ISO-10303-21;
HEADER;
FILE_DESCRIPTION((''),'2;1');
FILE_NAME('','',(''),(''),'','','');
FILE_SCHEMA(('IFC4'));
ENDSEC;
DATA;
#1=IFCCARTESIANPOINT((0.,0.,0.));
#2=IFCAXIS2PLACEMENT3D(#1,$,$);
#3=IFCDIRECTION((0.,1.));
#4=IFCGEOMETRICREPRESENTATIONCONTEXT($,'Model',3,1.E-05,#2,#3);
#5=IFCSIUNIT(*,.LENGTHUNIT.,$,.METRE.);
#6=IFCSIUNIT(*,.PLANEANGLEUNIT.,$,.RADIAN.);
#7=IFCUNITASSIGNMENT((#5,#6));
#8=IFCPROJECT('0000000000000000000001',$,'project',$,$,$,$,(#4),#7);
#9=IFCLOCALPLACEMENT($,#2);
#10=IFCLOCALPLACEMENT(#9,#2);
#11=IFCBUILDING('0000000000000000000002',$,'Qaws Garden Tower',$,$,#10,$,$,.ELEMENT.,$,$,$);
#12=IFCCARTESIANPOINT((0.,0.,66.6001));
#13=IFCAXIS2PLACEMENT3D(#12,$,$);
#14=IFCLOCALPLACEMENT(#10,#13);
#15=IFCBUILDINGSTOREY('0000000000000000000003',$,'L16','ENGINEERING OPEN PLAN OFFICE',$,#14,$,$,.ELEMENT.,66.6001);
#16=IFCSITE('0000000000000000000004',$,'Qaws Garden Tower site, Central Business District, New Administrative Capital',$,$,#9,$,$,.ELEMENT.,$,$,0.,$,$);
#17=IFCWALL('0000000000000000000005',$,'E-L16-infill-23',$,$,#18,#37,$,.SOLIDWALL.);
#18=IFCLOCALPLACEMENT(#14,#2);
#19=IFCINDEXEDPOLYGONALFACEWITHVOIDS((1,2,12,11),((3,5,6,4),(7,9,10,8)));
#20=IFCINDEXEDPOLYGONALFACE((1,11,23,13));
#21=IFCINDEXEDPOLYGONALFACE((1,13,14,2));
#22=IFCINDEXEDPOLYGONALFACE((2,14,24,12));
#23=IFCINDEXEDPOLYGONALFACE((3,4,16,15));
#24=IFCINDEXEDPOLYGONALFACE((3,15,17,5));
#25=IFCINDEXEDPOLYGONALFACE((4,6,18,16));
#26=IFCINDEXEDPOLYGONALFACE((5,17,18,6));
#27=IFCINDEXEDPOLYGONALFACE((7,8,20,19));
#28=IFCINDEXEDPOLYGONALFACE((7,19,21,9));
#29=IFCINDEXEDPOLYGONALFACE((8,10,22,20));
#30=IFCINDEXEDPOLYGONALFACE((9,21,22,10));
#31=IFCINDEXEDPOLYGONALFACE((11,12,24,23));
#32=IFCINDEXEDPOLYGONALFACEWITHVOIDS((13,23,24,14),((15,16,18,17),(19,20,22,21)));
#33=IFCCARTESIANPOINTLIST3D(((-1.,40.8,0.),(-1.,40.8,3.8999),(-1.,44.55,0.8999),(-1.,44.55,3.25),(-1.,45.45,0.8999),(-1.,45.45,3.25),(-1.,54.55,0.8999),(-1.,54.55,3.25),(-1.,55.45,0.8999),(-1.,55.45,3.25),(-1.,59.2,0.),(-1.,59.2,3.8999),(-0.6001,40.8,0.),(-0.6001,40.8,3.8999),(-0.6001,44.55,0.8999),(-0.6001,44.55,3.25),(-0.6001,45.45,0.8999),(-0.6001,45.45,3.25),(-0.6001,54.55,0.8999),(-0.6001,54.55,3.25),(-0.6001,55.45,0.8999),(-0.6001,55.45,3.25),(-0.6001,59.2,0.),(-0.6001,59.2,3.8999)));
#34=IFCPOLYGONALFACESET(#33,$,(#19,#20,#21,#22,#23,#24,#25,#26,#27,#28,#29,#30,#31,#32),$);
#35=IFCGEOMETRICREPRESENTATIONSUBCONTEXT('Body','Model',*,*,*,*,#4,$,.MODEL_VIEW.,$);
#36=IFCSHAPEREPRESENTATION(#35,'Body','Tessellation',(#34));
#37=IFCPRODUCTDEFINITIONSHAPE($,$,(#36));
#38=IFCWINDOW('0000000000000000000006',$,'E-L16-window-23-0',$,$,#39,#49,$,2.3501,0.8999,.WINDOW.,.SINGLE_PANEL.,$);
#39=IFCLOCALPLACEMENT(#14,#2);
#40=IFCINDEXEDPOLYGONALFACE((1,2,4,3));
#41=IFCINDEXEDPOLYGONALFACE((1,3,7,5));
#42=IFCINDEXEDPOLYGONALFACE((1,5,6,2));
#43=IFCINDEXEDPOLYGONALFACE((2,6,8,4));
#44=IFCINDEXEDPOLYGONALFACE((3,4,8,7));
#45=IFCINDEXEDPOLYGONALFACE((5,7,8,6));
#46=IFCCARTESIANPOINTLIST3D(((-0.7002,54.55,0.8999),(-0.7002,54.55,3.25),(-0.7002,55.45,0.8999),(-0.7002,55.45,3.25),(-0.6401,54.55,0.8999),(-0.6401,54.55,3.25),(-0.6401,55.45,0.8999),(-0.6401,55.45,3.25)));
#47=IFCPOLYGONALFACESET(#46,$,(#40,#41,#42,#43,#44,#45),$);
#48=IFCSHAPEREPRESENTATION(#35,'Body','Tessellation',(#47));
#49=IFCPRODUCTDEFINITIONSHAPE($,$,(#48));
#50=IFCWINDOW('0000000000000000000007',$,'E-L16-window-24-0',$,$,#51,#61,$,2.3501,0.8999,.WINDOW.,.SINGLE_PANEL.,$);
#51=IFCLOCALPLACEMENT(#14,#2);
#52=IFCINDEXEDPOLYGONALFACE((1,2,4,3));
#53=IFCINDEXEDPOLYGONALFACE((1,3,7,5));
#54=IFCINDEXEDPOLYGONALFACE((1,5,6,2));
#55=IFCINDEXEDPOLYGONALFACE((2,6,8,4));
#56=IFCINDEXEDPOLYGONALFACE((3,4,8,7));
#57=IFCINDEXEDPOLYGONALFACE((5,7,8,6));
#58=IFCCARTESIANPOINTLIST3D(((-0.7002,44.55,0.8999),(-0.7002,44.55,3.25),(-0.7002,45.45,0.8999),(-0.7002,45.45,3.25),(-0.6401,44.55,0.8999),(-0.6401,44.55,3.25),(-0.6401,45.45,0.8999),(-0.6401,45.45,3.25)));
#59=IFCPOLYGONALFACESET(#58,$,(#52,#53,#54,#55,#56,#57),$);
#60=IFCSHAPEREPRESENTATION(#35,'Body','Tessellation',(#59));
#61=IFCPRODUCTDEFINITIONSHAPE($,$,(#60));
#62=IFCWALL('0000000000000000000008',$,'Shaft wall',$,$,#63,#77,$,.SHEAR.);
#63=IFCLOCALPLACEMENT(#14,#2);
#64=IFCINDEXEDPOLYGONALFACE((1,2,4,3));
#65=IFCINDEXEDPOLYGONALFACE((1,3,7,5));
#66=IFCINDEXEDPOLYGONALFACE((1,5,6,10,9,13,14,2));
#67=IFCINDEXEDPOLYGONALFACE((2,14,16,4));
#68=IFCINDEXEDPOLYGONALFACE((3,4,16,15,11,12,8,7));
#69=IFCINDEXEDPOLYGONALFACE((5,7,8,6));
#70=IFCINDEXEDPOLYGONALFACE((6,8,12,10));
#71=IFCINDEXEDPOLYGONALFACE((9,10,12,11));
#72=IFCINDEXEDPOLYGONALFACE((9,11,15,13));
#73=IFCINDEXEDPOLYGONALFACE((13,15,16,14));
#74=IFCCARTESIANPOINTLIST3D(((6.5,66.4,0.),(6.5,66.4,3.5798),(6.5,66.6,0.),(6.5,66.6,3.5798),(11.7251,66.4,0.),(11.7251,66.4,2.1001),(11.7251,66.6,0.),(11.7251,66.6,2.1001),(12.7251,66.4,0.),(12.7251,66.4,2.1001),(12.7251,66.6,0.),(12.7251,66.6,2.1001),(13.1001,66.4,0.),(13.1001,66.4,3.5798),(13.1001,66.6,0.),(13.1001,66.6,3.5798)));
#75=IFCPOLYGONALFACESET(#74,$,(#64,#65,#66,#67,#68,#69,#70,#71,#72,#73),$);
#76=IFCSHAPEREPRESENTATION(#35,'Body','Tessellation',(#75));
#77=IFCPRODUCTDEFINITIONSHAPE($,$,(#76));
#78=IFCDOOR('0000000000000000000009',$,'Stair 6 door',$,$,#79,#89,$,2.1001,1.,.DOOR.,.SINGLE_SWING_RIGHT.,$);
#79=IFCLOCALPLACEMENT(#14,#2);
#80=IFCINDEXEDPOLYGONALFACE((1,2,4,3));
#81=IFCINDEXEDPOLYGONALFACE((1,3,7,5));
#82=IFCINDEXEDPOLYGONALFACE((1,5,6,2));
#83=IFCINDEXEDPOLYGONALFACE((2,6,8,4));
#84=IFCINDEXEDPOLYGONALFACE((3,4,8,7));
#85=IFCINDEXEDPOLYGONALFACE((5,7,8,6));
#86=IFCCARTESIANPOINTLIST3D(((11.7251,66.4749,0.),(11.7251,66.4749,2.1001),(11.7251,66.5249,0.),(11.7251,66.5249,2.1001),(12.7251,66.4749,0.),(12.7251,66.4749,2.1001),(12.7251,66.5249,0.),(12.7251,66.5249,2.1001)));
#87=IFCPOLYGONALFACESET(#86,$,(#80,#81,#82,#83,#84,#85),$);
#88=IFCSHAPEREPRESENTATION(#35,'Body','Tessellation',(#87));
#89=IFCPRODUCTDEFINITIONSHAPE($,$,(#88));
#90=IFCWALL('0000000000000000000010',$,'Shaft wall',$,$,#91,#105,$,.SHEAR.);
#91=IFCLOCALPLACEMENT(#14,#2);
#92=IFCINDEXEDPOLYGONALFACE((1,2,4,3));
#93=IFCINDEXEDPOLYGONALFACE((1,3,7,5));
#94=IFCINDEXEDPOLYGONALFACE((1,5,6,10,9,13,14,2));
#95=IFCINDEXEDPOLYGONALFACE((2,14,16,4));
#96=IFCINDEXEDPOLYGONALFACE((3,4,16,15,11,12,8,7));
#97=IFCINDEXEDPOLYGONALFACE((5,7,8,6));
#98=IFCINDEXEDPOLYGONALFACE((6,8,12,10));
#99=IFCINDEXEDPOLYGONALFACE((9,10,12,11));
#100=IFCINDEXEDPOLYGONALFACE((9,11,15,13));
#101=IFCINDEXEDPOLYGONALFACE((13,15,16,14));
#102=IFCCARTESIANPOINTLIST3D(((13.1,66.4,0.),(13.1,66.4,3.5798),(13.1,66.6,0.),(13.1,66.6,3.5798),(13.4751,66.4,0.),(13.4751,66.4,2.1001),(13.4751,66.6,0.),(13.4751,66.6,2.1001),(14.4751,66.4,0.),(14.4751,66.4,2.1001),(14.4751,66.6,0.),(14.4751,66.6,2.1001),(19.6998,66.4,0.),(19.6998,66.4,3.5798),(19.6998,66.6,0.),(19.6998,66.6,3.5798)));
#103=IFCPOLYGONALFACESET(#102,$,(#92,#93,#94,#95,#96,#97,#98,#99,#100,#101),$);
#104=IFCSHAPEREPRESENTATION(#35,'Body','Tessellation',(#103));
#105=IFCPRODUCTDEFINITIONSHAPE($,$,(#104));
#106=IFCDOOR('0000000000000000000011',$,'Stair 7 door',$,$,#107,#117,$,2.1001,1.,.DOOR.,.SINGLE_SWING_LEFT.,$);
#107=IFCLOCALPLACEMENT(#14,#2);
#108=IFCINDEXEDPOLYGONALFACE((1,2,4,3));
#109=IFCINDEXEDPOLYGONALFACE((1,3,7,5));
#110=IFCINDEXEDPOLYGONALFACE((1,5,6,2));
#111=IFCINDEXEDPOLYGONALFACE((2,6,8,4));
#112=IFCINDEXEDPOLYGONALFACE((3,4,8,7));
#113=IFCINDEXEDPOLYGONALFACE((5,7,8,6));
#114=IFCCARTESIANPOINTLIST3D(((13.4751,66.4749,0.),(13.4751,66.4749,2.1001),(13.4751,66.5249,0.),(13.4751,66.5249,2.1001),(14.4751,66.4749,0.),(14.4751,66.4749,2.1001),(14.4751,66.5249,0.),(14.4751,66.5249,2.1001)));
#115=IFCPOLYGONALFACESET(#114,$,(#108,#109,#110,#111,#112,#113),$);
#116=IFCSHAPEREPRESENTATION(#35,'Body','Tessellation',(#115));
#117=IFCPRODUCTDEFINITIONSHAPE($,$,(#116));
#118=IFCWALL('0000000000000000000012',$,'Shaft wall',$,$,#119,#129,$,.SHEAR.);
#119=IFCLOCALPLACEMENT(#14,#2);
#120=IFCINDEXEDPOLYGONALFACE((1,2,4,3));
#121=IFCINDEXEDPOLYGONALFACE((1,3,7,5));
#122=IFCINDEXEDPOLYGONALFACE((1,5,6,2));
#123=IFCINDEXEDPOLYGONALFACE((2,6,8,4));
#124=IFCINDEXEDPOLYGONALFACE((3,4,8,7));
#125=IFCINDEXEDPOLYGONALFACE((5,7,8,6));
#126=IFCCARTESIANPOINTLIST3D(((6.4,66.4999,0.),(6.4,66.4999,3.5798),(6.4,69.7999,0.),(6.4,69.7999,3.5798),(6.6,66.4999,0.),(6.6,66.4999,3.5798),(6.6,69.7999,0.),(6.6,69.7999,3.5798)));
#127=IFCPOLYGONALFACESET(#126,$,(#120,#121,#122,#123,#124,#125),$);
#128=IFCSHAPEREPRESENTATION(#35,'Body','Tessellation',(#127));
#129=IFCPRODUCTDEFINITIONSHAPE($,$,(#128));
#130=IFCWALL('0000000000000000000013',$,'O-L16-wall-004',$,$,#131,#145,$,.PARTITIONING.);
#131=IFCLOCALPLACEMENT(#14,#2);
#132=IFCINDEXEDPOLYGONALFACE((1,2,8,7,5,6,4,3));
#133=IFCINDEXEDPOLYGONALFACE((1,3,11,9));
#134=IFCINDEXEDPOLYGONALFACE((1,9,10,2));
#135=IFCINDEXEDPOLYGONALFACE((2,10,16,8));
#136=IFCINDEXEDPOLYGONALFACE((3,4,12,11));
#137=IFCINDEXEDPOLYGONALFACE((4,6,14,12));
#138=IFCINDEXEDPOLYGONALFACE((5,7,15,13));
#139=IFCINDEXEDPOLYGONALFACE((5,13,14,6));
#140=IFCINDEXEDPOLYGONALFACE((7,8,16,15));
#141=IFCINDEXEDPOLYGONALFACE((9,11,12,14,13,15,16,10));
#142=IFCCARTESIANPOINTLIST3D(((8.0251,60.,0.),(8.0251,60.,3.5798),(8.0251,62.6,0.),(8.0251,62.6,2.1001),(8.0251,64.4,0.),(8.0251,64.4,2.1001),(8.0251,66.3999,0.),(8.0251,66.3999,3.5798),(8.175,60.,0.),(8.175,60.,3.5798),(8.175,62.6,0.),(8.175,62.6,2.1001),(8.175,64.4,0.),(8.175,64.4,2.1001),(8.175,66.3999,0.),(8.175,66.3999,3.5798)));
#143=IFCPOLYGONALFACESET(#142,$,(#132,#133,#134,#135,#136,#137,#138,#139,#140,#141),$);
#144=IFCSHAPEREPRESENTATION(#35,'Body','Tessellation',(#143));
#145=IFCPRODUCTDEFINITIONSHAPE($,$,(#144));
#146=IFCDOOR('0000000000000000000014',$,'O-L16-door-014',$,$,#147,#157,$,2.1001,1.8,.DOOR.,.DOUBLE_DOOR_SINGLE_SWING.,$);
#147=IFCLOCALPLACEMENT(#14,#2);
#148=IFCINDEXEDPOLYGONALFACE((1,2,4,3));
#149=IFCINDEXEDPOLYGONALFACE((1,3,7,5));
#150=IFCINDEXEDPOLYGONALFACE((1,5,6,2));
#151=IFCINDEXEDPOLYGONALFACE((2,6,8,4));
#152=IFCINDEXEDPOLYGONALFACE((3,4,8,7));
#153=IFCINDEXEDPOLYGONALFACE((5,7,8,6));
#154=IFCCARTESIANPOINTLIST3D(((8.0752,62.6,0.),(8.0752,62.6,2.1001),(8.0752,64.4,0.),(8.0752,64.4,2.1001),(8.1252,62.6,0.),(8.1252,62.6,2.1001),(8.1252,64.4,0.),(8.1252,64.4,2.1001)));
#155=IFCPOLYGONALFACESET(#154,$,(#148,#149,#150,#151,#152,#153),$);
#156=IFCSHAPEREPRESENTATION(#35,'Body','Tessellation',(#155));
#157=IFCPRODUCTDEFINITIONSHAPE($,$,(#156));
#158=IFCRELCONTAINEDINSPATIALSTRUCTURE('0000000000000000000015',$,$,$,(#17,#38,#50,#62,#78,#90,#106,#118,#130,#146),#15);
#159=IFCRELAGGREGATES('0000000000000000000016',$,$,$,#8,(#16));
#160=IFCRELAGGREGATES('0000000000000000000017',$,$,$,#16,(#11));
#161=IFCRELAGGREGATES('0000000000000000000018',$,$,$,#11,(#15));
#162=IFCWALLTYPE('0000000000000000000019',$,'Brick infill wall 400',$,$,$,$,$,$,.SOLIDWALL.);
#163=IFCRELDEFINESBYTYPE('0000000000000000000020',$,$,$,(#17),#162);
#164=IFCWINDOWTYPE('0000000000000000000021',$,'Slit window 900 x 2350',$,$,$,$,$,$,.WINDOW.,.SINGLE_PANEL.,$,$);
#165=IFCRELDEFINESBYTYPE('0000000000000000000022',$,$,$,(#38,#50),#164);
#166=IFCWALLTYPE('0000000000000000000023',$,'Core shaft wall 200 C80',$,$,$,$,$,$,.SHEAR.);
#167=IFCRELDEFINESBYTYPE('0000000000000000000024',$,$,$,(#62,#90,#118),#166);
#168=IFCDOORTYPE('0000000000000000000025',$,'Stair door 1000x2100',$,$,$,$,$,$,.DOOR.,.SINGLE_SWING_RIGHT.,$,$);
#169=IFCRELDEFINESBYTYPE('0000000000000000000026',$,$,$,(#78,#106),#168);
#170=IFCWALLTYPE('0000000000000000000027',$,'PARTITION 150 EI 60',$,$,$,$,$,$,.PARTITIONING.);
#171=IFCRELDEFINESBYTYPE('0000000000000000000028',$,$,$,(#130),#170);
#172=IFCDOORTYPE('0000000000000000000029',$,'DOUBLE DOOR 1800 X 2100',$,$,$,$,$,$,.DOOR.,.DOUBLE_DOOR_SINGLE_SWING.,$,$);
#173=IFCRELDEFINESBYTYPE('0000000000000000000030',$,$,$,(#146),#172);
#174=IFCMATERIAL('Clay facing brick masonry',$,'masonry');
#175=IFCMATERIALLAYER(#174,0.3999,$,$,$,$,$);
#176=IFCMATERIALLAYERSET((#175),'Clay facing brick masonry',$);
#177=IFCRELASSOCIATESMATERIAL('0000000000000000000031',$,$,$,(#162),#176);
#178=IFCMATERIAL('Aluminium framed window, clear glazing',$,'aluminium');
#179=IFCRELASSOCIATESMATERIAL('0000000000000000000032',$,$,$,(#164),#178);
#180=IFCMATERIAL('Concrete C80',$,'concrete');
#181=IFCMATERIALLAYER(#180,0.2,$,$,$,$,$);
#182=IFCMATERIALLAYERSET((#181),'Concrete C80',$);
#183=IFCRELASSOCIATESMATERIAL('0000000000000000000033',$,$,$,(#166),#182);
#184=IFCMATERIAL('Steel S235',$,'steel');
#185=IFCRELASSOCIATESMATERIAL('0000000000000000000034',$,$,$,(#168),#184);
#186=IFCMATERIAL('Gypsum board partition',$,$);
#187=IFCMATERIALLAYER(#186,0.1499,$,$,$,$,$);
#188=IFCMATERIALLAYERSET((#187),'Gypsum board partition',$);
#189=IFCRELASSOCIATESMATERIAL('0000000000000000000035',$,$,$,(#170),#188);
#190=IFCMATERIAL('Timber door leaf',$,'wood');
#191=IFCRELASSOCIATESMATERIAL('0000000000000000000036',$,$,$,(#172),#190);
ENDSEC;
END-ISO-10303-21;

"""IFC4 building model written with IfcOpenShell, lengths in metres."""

from ifc_helpers import new_model, si_unit, direction, frame, frame_2d, origin, place, context, subcontext, project, spatial, rectangle, extrude, material, layer, layer_set, type_object, element, fill, save


model = new_model("IFC4")

# Units and contexts
model_context = context("Model", 3, precision=1e-05, world=origin(), true_north=direction((0.0, 1.0)))
body_context = subcontext(model_context, "Body", "Model", "MODEL_VIEW")
ifc_project = project(units=[si_unit("LENGTHUNIT", "METRE"), si_unit("PLANEANGLEUNIT", "RADIAN")], contexts=[model_context])

# Site, building, storey
site_placement = place(None, origin())
site = spatial("IfcSite", under=ifc_project, at=site_placement, Name="Qaws Garden Tower site, Central Business District, New Administrative Capital", CompositionType="ELEMENT", RefElevation=0.0)
building_placement = place(site_placement, origin())
building = spatial("IfcBuilding", under=site, at=building_placement, Name="Qaws Garden Tower", CompositionType="ELEMENT")
storey_placement = place(building_placement, frame((0.0, 0.0, 66.6001)))
storey = spatial("IfcBuildingStorey", under=building, at=storey_placement, Name="L16", Description="ENGINEERING OPEN PLAN OFFICE", CompositionType="ELEMENT", Elevation=66.6001)

# Shared definitions
ifc_material_1 = material(Name="Clay facing brick masonry", Category="masonry")
ifc_layer_1 = layer(ifc_material_1, 0.3999)
ifc_layer_set_1 = layer_set([ifc_layer_1], Name="Clay facing brick masonry")
wall_type_1 = type_object("IfcWallType", Name="Brick infill wall 400", PredefinedType="SOLIDWALL", material=ifc_layer_set_1)

# Wall, openings, windows
wall_1_placement = place(storey_placement, frame((-0.8, 59.2, 0.0), z_axis=(0.0, 0.0, 1.0), x_axis=(0.0, -1.0, 0.0)))
wall_1 = element("IfcWall", 1, at=wall_1_placement, inside=storey, type_object=wall_type_1, Name="E-L16-infill-23", PredefinedType="SOLIDWALL", context=body_context, shape_type="SweptSolid", body=[
    extrude(rectangle(XDim=18.3999, YDim=0.3999, at=frame_2d((9.2, 0.0))), origin(), (0.0, 0.0, 1.0), 3.8999),
])
opening_1_placement = place(wall_1_placement, frame((3.75, 0.0, 0.8999)))
opening_1 = element("IfcOpeningElement", 2, at=opening_1_placement, cuts=wall_1, PredefinedType="OPENING", context=body_context, shape_type="SweptSolid", body=[
    extrude(rectangle(XDim=0.8999, YDim=2.3501, at=frame_2d((0.45, 1.175))), frame((0.0, 0.21, 0.0), z_axis=(0.0, -1.0, 0.0), x_axis=(1.0, 0.0, 0.0)), (0.0, 0.0, 1.0), 0.4199),
])
opening_2_placement = place(wall_1_placement, frame((13.75, 0.0, 0.8999)))
opening_2 = element("IfcOpeningElement", 3, at=opening_2_placement, cuts=wall_1, PredefinedType="OPENING", context=body_context, shape_type="SweptSolid", body=[
    extrude(rectangle(XDim=0.8999, YDim=2.3501, at=frame_2d((0.45, 1.175))), frame((0.0, 0.21, 0.0), z_axis=(0.0, -1.0, 0.0), x_axis=(1.0, 0.0, 0.0)), (0.0, 0.0, 1.0), 0.4199),
])
ifc_material_2 = material(Name="Aluminium framed window, clear glazing", Category="aluminium")
window_type_1 = type_object("IfcWindowType", Name="Slit window 900 x 2350", PartitioningType="SINGLE_PANEL", PredefinedType="WINDOW", material=ifc_material_2)
window_1_placement = place(opening_1_placement, origin())
window_1 = element("IfcWindow", 4, at=window_1_placement, inside=storey, type_object=window_type_1, Name="E-L16-window-23-0", OverallHeight=2.3501, OverallWidth=0.8999, PartitioningType="SINGLE_PANEL", PredefinedType="WINDOW", context=body_context, shape_type="SweptSolid", body=[
    extrude(rectangle(XDim=0.8999, YDim=2.3501, at=frame_2d((0.45, 1.175))), frame((0.0, 0.1599, 0.0), z_axis=(0.0, -1.0, 0.0), x_axis=(1.0, 0.0, 0.0)), (0.0, 0.0, 1.0), 0.0601),
])
fill(opening_1, window_1)
window_2_placement = place(opening_2_placement, origin())
window_2 = element("IfcWindow", 5, at=window_2_placement, inside=storey, type_object=window_type_1, Name="E-L16-window-24-0", OverallHeight=2.3501, OverallWidth=0.8999, PartitioningType="SINGLE_PANEL", PredefinedType="WINDOW", context=body_context, shape_type="SweptSolid", body=[
    extrude(rectangle(XDim=0.8999, YDim=2.3501, at=frame_2d((0.45, 1.175))), frame((0.0, 0.1599, 0.0), z_axis=(0.0, -1.0, 0.0), x_axis=(1.0, 0.0, 0.0)), (0.0, 0.0, 1.0), 0.0601),
])
fill(opening_2, window_2)

# Walls, openings, doors
ifc_material_3 = material(Name="Concrete C80", Category="concrete")
ifc_layer_2 = layer(ifc_material_3, 0.2)
ifc_layer_set_2 = layer_set([ifc_layer_2], Name="Concrete C80")
wall_type_2 = type_object("IfcWallType", Name="Core shaft wall 200 C80", PredefinedType="SHEAR", material=ifc_layer_set_2)
wall_2_placement = place(storey_placement, frame((6.5, 66.5, 0.0), z_axis=(0.0, 0.0, 1.0), x_axis=(1.0, 0.0, 0.0)))
wall_2 = element("IfcWall", 6, at=wall_2_placement, inside=storey, type_object=wall_type_2, Name="Shaft wall", PredefinedType="SHEAR", context=body_context, shape_type="SweptSolid", body=[
    extrude(rectangle(XDim=6.6001, YDim=0.2, at=frame_2d((3.3, 0.0))), origin(), (0.0, 0.0, 1.0), 3.5798),
])
opening_3_placement = place(wall_2_placement, frame((5.2251, 0.0, 0.0)))
opening_3 = element("IfcOpeningElement", 7, at=opening_3_placement, cuts=wall_2, PredefinedType="OPENING", context=body_context, shape_type="SweptSolid", body=[
    extrude(rectangle(XDim=1.0, YDim=2.1001, at=frame_2d((0.5, 1.05))), frame((0.0, 0.1099, 0.0), z_axis=(0.0, -1.0, 0.0), x_axis=(1.0, 0.0, 0.0)), (0.0, 0.0, 1.0), 0.22),
])
ifc_material_4 = material(Name="Steel S235", Category="steel")
door_type_1 = type_object("IfcDoorType", Name="Stair door 1000x2100", OperationType="SINGLE_SWING_RIGHT", PredefinedType="DOOR", material=ifc_material_4)
door_1_placement = place(opening_3_placement, origin())
door_1 = element("IfcDoor", 8, at=door_1_placement, inside=storey, type_object=door_type_1, Name="Stair 6 door", OperationType="SINGLE_SWING_RIGHT", OverallHeight=2.1001, OverallWidth=1.0, PredefinedType="DOOR", context=body_context, shape_type="SweptSolid", body=[
    extrude(rectangle(XDim=1.0, YDim=2.1001, at=frame_2d((0.5, 1.05))), frame((0.0, 0.0249, 0.0), z_axis=(0.0, -1.0, 0.0), x_axis=(1.0, 0.0, 0.0)), (0.0, 0.0, 1.0), 0.05),
])
fill(opening_3, door_1)
wall_3_placement = place(storey_placement, frame((13.1001, 66.5, 0.0), z_axis=(0.0, 0.0, 1.0), x_axis=(1.0, 0.0, 0.0)))
wall_3 = element("IfcWall", 9, at=wall_3_placement, inside=storey, type_object=wall_type_2, Name="Shaft wall", PredefinedType="SHEAR", context=body_context, shape_type="SweptSolid", body=[
    extrude(rectangle(XDim=6.5999, YDim=0.2, at=frame_2d((3.2998, 0.0))), origin(), (0.0, 0.0, 1.0), 3.5798),
])
opening_4_placement = place(wall_3_placement, frame((0.375, 0.0, 0.0)))
opening_4 = element("IfcOpeningElement", 10, at=opening_4_placement, cuts=wall_3, PredefinedType="OPENING", context=body_context, shape_type="SweptSolid", body=[
    extrude(rectangle(XDim=1.0, YDim=2.1001, at=frame_2d((0.5, 1.05))), frame((0.0, 0.1099, 0.0), z_axis=(0.0, -1.0, 0.0), x_axis=(1.0, 0.0, 0.0)), (0.0, 0.0, 1.0), 0.22),
])
door_2_placement = place(opening_4_placement, origin())
door_2 = element("IfcDoor", 11, at=door_2_placement, inside=storey, type_object=door_type_1, Name="Stair 7 door", OperationType="SINGLE_SWING_LEFT", OverallHeight=2.1001, OverallWidth=1.0, PredefinedType="DOOR", context=body_context, shape_type="SweptSolid", body=[
    extrude(rectangle(XDim=1.0, YDim=2.1001, at=frame_2d((0.5, 1.05))), frame((0.0, 0.0249, 0.0), z_axis=(0.0, -1.0, 0.0), x_axis=(1.0, 0.0, 0.0)), (0.0, 0.0, 1.0), 0.05),
])
fill(opening_4, door_2)

# Wall
wall_4_placement = place(storey_placement, frame((6.5, 66.5, 0.0), z_axis=(0.0, 0.0, 1.0), x_axis=(0.0, 1.0, 0.0)))
element("IfcWall", 12, at=wall_4_placement, inside=storey, type_object=wall_type_2, Name="Shaft wall", PredefinedType="SHEAR", context=body_context, shape_type="SweptSolid", body=[
    extrude(rectangle(XDim=3.3, YDim=0.2, at=frame_2d((1.6499, 0.0))), origin(), (0.0, 0.0, 1.0), 3.5798),
])

# Wall, opening, door
ifc_material_5 = material(Name="Gypsum board partition")
ifc_layer_3 = layer(ifc_material_5, 0.1499)
ifc_layer_set_3 = layer_set([ifc_layer_3], Name="Gypsum board partition")
wall_type_3 = type_object("IfcWallType", Name="PARTITION 150 EI 60", PredefinedType="PARTITIONING", material=ifc_layer_set_3)
wall_5_placement = place(storey_placement, frame((8.1001, 60.0, 0.0), z_axis=(0.0, 0.0, 1.0), x_axis=(0.0, 1.0, 0.0)))
wall_5 = element("IfcWall", 13, at=wall_5_placement, inside=storey, type_object=wall_type_3, Name="O-L16-wall-004", PredefinedType="PARTITIONING", context=body_context, shape_type="SweptSolid", body=[
    extrude(rectangle(XDim=6.3999, YDim=0.1499, at=frame_2d((3.2, 0.0))), origin(), (0.0, 0.0, 1.0), 3.5798),
])
opening_5_placement = place(wall_5_placement, frame((2.6001, 0.0, 0.0)))
opening_5 = element("IfcOpeningElement", 14, at=opening_5_placement, cuts=wall_5, PredefinedType="OPENING", context=body_context, shape_type="SweptSolid", body=[
    extrude(rectangle(XDim=1.8, YDim=2.1001, at=frame_2d((0.8999, 1.05))), frame((0.0, 0.085, 0.0), z_axis=(0.0, -1.0, 0.0), x_axis=(1.0, 0.0, 0.0)), (0.0, 0.0, 1.0), 0.1699),
])
ifc_material_6 = material(Name="Timber door leaf", Category="wood")
door_type_2 = type_object("IfcDoorType", Name="DOUBLE DOOR 1800 X 2100", OperationType="DOUBLE_DOOR_SINGLE_SWING", PredefinedType="DOOR", material=ifc_material_6)
door_3_placement = place(opening_5_placement, origin())
door_3 = element("IfcDoor", 15, at=door_3_placement, inside=storey, type_object=door_type_2, Name="O-L16-door-014", OperationType="DOUBLE_DOOR_SINGLE_SWING", OverallHeight=2.1001, OverallWidth=1.8, PredefinedType="DOOR", context=body_context, shape_type="SweptSolid", body=[
    extrude(rectangle(XDim=1.8, YDim=2.1001, at=frame_2d((0.8999, 1.05))), frame((0.0, 0.0249, 0.0), z_axis=(0.0, -1.0, 0.0), x_axis=(1.0, 0.0, 0.0)), (0.0, 0.0, 1.0), 0.05),
])
fill(opening_5, door_3)

save(model, "model.ifc")
